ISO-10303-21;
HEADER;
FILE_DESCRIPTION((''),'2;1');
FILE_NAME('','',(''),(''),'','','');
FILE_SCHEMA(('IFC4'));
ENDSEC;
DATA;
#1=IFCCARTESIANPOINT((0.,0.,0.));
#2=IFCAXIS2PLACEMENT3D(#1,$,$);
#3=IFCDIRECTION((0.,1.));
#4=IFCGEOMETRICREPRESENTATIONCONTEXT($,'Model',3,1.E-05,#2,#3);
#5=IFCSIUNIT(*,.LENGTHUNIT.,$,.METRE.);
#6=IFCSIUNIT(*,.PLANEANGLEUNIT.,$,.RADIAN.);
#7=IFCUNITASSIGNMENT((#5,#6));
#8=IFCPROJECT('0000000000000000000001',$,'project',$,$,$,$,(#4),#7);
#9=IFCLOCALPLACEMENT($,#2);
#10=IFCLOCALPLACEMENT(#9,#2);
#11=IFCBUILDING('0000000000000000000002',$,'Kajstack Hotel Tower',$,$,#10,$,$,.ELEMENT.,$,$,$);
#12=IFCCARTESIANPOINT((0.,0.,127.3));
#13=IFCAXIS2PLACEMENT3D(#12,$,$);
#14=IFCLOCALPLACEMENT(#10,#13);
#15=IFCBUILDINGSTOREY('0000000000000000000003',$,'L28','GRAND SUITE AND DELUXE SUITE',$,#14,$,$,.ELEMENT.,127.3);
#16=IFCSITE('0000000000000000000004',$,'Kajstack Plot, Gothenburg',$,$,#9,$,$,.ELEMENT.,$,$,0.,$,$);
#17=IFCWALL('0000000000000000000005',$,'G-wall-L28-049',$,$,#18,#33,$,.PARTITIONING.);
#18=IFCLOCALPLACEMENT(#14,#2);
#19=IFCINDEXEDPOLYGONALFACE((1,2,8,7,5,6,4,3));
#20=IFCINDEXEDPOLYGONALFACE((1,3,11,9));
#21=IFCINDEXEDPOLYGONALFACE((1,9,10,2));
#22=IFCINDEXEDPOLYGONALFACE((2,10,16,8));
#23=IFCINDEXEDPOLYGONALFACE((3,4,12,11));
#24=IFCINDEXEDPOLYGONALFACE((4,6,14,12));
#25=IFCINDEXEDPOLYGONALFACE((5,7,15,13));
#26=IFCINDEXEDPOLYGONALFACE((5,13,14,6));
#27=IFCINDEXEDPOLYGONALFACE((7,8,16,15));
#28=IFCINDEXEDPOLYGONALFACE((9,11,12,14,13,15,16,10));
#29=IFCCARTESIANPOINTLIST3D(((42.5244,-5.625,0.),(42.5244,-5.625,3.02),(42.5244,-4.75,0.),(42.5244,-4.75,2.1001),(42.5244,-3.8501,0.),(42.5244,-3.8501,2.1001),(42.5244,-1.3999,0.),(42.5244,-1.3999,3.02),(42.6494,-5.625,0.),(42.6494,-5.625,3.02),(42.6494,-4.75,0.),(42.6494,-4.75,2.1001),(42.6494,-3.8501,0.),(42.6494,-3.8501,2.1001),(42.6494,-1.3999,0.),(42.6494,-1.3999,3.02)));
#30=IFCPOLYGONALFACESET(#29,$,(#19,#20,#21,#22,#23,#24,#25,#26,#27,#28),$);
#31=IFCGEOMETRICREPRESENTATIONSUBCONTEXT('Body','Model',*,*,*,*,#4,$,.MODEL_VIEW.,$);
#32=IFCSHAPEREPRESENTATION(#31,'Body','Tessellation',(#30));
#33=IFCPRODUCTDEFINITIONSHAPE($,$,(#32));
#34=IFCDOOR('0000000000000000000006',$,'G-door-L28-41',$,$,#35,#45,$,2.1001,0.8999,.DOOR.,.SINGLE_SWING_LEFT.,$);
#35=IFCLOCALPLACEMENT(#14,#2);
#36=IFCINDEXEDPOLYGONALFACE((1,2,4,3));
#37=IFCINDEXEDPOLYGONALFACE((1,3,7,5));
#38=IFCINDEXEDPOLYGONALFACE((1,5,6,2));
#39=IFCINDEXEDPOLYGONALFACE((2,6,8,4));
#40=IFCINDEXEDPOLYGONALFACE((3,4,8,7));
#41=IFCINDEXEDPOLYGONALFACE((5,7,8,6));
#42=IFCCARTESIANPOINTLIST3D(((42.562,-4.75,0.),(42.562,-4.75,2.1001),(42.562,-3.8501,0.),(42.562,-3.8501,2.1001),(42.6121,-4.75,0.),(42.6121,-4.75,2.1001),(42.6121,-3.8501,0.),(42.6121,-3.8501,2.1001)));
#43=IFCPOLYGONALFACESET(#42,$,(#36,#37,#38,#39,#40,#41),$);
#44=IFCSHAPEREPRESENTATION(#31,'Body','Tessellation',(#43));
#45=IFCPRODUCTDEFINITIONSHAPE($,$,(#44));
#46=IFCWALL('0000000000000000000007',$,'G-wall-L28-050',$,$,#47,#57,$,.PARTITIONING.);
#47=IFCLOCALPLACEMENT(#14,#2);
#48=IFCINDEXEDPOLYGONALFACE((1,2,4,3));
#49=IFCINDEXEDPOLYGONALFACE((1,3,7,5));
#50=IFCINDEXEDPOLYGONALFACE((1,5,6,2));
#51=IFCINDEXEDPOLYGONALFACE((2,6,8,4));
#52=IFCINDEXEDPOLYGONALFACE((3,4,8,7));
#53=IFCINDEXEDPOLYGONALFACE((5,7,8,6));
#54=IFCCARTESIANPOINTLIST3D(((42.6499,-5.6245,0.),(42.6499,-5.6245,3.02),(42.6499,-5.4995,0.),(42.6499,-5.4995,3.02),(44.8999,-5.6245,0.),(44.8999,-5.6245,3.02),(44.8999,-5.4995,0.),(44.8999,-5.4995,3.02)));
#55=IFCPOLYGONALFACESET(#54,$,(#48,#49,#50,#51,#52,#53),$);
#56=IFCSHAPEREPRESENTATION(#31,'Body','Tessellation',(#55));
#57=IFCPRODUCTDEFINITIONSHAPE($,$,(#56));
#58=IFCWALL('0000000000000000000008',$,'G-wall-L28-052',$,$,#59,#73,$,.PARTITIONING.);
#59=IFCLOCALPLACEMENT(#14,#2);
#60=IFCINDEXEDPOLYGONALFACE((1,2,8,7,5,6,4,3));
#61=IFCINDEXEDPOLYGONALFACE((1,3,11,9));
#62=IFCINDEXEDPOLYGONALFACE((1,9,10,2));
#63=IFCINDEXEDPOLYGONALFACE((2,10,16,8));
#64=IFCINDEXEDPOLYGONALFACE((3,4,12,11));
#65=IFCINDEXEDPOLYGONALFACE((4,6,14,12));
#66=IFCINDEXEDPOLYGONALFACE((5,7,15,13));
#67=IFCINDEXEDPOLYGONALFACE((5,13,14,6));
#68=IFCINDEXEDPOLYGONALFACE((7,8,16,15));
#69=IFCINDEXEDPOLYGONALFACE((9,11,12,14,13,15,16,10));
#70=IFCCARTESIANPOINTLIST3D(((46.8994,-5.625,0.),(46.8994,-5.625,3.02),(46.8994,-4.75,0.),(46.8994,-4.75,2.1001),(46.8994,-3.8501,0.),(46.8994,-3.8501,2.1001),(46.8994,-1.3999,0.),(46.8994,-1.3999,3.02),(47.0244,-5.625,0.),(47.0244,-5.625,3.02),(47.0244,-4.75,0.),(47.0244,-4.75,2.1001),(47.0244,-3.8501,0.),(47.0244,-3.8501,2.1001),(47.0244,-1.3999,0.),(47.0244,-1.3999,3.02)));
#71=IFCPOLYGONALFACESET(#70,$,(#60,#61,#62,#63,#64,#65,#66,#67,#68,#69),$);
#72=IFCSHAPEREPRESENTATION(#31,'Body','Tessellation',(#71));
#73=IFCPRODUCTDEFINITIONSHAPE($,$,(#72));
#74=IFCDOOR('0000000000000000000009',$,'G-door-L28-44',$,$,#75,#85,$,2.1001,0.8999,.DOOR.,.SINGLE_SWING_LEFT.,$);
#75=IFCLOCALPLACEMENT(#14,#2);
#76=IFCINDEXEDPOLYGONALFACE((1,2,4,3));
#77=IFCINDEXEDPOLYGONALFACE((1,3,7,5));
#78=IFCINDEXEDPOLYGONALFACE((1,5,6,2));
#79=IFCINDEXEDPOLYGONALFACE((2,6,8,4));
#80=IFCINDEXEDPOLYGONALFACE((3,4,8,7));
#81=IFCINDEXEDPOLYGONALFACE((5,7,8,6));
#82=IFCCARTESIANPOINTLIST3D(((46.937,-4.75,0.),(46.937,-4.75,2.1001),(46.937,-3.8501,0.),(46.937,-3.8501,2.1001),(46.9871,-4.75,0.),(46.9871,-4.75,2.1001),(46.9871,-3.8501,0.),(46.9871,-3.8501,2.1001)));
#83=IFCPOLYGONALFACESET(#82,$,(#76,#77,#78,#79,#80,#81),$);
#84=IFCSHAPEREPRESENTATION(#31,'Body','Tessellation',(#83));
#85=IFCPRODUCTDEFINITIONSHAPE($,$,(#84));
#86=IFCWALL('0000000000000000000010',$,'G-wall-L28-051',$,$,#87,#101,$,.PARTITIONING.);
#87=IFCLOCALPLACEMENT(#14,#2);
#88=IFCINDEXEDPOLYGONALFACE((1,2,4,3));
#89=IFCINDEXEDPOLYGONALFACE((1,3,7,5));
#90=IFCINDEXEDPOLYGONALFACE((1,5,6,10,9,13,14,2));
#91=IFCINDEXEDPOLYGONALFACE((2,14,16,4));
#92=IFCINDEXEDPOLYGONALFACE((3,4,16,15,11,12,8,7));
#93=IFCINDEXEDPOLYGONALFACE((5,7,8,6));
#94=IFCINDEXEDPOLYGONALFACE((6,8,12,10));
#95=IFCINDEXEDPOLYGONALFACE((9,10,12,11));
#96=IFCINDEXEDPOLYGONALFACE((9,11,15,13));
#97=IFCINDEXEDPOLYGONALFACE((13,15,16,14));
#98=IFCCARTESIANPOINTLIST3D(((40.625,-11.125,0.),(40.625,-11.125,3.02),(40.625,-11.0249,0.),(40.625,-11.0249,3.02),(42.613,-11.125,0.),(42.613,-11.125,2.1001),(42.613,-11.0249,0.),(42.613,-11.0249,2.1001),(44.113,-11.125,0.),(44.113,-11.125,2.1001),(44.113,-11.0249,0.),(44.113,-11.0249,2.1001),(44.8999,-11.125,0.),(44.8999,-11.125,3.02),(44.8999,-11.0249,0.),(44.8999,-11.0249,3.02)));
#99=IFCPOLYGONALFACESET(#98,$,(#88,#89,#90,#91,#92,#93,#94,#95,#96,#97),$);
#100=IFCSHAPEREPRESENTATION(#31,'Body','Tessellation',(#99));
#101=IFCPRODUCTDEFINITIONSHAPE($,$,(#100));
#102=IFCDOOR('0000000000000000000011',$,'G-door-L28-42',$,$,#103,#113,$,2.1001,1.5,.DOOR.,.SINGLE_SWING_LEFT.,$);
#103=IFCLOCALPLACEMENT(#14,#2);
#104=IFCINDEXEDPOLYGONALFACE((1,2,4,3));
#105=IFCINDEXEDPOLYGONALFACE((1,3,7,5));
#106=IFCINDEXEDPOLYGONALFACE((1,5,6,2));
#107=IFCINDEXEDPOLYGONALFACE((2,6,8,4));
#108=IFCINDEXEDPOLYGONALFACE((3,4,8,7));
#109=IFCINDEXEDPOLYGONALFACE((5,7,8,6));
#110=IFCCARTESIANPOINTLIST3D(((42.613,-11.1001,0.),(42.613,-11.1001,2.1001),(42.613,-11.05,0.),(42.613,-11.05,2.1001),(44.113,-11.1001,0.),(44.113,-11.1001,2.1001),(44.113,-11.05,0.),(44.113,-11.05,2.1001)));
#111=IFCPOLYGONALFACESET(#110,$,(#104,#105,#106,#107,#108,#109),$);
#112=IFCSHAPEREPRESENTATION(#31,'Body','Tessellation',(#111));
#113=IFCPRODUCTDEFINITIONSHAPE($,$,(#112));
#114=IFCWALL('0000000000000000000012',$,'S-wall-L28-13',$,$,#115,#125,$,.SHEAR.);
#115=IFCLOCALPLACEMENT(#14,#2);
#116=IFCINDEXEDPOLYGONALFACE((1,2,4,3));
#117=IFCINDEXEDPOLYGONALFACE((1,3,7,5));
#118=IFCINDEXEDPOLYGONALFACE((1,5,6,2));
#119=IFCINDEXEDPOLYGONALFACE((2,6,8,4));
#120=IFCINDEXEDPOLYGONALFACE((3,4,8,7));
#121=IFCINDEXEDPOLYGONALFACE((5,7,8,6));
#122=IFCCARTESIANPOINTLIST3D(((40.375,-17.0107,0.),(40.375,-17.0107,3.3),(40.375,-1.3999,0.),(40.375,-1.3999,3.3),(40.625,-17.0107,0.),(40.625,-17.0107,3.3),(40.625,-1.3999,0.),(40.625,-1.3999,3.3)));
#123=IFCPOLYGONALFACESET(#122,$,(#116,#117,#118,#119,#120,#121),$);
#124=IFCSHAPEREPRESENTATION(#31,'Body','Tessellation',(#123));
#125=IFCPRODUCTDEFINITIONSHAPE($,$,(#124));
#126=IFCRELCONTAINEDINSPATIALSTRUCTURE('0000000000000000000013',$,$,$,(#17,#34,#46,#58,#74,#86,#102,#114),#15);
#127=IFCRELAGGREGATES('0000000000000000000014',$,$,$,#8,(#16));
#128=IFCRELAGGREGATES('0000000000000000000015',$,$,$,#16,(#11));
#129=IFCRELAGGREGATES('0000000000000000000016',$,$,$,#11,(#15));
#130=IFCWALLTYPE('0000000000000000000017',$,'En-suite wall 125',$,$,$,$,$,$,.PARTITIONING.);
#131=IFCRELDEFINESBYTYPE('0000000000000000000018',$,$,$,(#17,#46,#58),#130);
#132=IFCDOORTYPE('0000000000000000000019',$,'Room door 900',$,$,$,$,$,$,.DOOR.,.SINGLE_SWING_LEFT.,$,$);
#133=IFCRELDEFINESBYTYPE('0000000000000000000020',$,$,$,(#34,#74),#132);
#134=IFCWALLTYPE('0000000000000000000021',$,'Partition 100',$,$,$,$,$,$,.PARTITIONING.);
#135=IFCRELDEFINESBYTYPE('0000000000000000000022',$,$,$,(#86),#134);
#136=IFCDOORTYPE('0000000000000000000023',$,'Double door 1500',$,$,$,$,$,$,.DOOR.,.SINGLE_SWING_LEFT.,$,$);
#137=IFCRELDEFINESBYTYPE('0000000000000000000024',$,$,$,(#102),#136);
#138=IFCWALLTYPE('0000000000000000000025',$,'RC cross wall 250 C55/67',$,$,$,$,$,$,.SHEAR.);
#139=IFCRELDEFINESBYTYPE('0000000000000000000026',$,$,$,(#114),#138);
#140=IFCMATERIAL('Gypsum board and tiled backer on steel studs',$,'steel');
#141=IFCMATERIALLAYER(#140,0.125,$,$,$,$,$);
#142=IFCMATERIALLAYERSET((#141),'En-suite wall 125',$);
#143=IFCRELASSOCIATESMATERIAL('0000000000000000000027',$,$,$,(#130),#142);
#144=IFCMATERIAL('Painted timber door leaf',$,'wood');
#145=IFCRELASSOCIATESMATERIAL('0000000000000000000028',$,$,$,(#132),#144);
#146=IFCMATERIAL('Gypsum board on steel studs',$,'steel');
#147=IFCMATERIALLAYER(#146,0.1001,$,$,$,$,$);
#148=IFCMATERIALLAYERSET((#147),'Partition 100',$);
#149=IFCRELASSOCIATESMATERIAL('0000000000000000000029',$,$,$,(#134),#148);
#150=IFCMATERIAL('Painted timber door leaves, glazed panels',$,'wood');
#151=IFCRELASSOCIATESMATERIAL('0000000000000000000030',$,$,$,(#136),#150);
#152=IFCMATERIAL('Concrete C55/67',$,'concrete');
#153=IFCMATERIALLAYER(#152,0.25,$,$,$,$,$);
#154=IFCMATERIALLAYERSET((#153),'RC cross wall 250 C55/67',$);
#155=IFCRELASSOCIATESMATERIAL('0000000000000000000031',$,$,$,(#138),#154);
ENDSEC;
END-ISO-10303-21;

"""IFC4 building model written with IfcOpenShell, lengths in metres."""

from ifc_helpers import new_model, si_unit, direction, frame, frame_2d, origin, place, context, subcontext, project, spatial, rectangle, extrude, material, layer, layer_set, type_object, element, fill, save


model = new_model("IFC4")

# Units and contexts
model_context = context("Model", 3, precision=1e-05, world=origin(), true_north=direction((0.0, 1.0)))
body_context = subcontext(model_context, "Body", "Model", "MODEL_VIEW")
ifc_project = project(units=[si_unit("LENGTHUNIT", "METRE"), si_unit("PLANEANGLEUNIT", "RADIAN")], contexts=[model_context])

# Site, building, storey
site_placement = place(None, origin())
site = spatial("IfcSite", under=ifc_project, at=site_placement, Name="Kajstack Plot, Gothenburg", CompositionType="ELEMENT", RefElevation=0.0)
building_placement = place(site_placement, origin())
building = spatial("IfcBuilding", under=site, at=building_placement, Name="Kajstack Hotel Tower", CompositionType="ELEMENT")
storey_placement = place(building_placement, frame((0.0, 0.0, 127.3)))
storey = spatial("IfcBuildingStorey", under=building, at=storey_placement, Name="L28", Description="GRAND SUITE AND DELUXE SUITE", CompositionType="ELEMENT", Elevation=127.3)

# Wall, opening, door
ifc_material_1 = material(Name="Gypsum board and tiled backer on steel studs", Category="steel")
ifc_layer_1 = layer(ifc_material_1, 0.125)
ifc_layer_set_1 = layer_set([ifc_layer_1], Name="En-suite wall 125")
wall_type_1 = type_object("IfcWallType", Name="En-suite wall 125", PredefinedType="PARTITIONING", material=ifc_layer_set_1)
wall_1_placement = place(storey_placement, frame((42.5869, -5.625, 0.0), z_axis=(0.0, 0.0, 1.0), x_axis=(0.0, 1.0, 0.0)))
wall_1 = element("IfcWall", 1, at=wall_1_placement, inside=storey, type_object=wall_type_1, Name="G-wall-L28-049", PredefinedType="PARTITIONING", context=body_context, shape_type="SweptSolid", body=[
    extrude(rectangle(XDim=4.2251, YDim=0.125, at=frame_2d((2.1125, 0.0))), origin(), (0.0, 0.0, 1.0), 3.02),
])
opening_1_placement = place(wall_1_placement, frame((0.875, 0.0, 0.0)))
opening_1 = element("IfcOpeningElement", 2, at=opening_1_placement, cuts=wall_1, PredefinedType="OPENING", context=body_context, shape_type="SweptSolid", body=[
    extrude(rectangle(XDim=0.8999, YDim=2.1001, at=frame_2d((0.45, 1.05))), frame((0.0, 0.0725, 0.0), z_axis=(0.0, -1.0, 0.0), x_axis=(1.0, 0.0, 0.0)), (0.0, 0.0, 1.0), 0.145),
])
ifc_material_2 = material(Name="Painted timber door leaf", Category="wood")
door_type_1 = type_object("IfcDoorType", Name="Room door 900", OperationType="SINGLE_SWING_LEFT", PredefinedType="DOOR", material=ifc_material_2)
door_1_placement = place(opening_1_placement, origin())
door_1 = element("IfcDoor", 3, at=door_1_placement, inside=storey, type_object=door_type_1, Name="G-door-L28-41", OperationType="SINGLE_SWING_LEFT", OverallHeight=2.1001, OverallWidth=0.8999, PredefinedType="DOOR", context=body_context, shape_type="SweptSolid", body=[
    extrude(rectangle(XDim=0.8999, YDim=2.1001, at=frame_2d((0.45, 1.05))), frame((0.0, 0.0249, 0.0), z_axis=(0.0, -1.0, 0.0), x_axis=(1.0, 0.0, 0.0)), (0.0, 0.0, 1.0), 0.05),
])
fill(opening_1, door_1)

# Wall
wall_2_placement = place(storey_placement, frame((42.6499, -5.562, 0.0), z_axis=(0.0, 0.0, 1.0), x_axis=(1.0, 0.0, 0.0)))
element("IfcWall", 4, at=wall_2_placement, inside=storey, type_object=wall_type_1, Name="G-wall-L28-050", PredefinedType="PARTITIONING", context=body_context, shape_type="SweptSolid", body=[
    extrude(rectangle(XDim=2.25, YDim=0.125, at=frame_2d((1.125, 0.0))), origin(), (0.0, 0.0, 1.0), 3.02),
])

# Walls, openings, doors
wall_3_placement = place(storey_placement, frame((46.9619, -5.625, 0.0), z_axis=(0.0, 0.0, 1.0), x_axis=(0.0, 1.0, 0.0)))
wall_3 = element("IfcWall", 5, at=wall_3_placement, inside=storey, type_object=wall_type_1, Name="G-wall-L28-052", PredefinedType="PARTITIONING", context=body_context, shape_type="SweptSolid", body=[
    extrude(rectangle(XDim=4.2251, YDim=0.125, at=frame_2d((2.1125, 0.0))), origin(), (0.0, 0.0, 1.0), 3.02),
])
opening_2_placement = place(wall_3_placement, frame((0.875, 0.0, 0.0)))
opening_2 = element("IfcOpeningElement", 6, at=opening_2_placement, cuts=wall_3, PredefinedType="OPENING", context=body_context, shape_type="SweptSolid", body=[
    extrude(rectangle(XDim=0.8999, YDim=2.1001, at=frame_2d((0.45, 1.05))), frame((0.0, 0.0725, 0.0), z_axis=(0.0, -1.0, 0.0), x_axis=(1.0, 0.0, 0.0)), (0.0, 0.0, 1.0), 0.145),
])
door_2_placement = place(opening_2_placement, origin())
door_2 = element("IfcDoor", 7, at=door_2_placement, inside=storey, type_object=door_type_1, Name="G-door-L28-44", OperationType="SINGLE_SWING_LEFT", OverallHeight=2.1001, OverallWidth=0.8999, PredefinedType="DOOR", context=body_context, shape_type="SweptSolid", body=[
    extrude(rectangle(XDim=0.8999, YDim=2.1001, at=frame_2d((0.45, 1.05))), frame((0.0, 0.0249, 0.0), z_axis=(0.0, -1.0, 0.0), x_axis=(1.0, 0.0, 0.0)), (0.0, 0.0, 1.0), 0.05),
])
fill(opening_2, door_2)
ifc_material_3 = material(Name="Gypsum board on steel studs", Category="steel")
ifc_layer_2 = layer(ifc_material_3, 0.1001)
ifc_layer_set_2 = layer_set([ifc_layer_2], Name="Partition 100")
wall_type_2 = type_object("IfcWallType", Name="Partition 100", PredefinedType="PARTITIONING", material=ifc_layer_set_2)
wall_4_placement = place(storey_placement, frame((40.625, -11.075, 0.0), z_axis=(0.0, 0.0, 1.0), x_axis=(1.0, 0.0, 0.0)))
wall_4 = element("IfcWall", 8, at=wall_4_placement, inside=storey, type_object=wall_type_2, Name="G-wall-L28-051", PredefinedType="PARTITIONING", context=body_context, shape_type="SweptSolid", body=[
    extrude(rectangle(XDim=4.2749, YDim=0.1001, at=frame_2d((2.1375, 0.0))), origin(), (0.0, 0.0, 1.0), 3.02),
])
opening_3_placement = place(wall_4_placement, frame((1.988, 0.0, 0.0)))
opening_3 = element("IfcOpeningElement", 9, at=opening_3_placement, cuts=wall_4, PredefinedType="OPENING", context=body_context, shape_type="SweptSolid", body=[
    extrude(rectangle(XDim=1.5, YDim=2.1001, at=frame_2d((0.75, 1.05))), frame((0.0, 0.0601, 0.0), z_axis=(0.0, -1.0, 0.0), x_axis=(1.0, 0.0, 0.0)), (0.0, 0.0, 1.0), 0.1201),
])
ifc_material_4 = material(Name="Painted timber door leaves, glazed panels", Category="wood")
door_type_2 = type_object("IfcDoorType", Name="Double door 1500", OperationType="SINGLE_SWING_LEFT", PredefinedType="DOOR", material=ifc_material_4)
door_3_placement = place(opening_3_placement, origin())
door_3 = element("IfcDoor", 10, at=door_3_placement, inside=storey, type_object=door_type_2, Name="G-door-L28-42", OperationType="SINGLE_SWING_LEFT", OverallHeight=2.1001, OverallWidth=1.5, PredefinedType="DOOR", context=body_context, shape_type="SweptSolid", body=[
    extrude(rectangle(XDim=1.5, YDim=2.1001, at=frame_2d((0.75, 1.05))), frame((0.0, 0.0249, 0.0), z_axis=(0.0, -1.0, 0.0), x_axis=(1.0, 0.0, 0.0)), (0.0, 0.0, 1.0), 0.05),
])
fill(opening_3, door_3)

# Wall
ifc_material_5 = material(Name="Concrete C55/67", Category="concrete")
ifc_layer_3 = layer(ifc_material_5, 0.25)
ifc_layer_set_3 = layer_set([ifc_layer_3], Name="RC cross wall 250 C55/67")
wall_type_3 = type_object("IfcWallType", Name="RC cross wall 250 C55/67", PredefinedType="SHEAR", material=ifc_layer_set_3)
wall_5_placement = place(storey_placement, frame((40.5, -17.0107, 0.0), z_axis=(0.0, 0.0, 1.0), x_axis=(0.0, 1.0, 0.0)))
element("IfcWall", 11, at=wall_5_placement, inside=storey, type_object=wall_type_3, Name="S-wall-L28-13", PredefinedType="SHEAR", context=body_context, shape_type="SweptSolid", body=[
    extrude(rectangle(XDim=15.6108, YDim=0.25, at=frame_2d((7.8054, 0.0))), origin(), (0.0, 0.0, 1.0), 3.3),
])

save(model, "model.ifc")
